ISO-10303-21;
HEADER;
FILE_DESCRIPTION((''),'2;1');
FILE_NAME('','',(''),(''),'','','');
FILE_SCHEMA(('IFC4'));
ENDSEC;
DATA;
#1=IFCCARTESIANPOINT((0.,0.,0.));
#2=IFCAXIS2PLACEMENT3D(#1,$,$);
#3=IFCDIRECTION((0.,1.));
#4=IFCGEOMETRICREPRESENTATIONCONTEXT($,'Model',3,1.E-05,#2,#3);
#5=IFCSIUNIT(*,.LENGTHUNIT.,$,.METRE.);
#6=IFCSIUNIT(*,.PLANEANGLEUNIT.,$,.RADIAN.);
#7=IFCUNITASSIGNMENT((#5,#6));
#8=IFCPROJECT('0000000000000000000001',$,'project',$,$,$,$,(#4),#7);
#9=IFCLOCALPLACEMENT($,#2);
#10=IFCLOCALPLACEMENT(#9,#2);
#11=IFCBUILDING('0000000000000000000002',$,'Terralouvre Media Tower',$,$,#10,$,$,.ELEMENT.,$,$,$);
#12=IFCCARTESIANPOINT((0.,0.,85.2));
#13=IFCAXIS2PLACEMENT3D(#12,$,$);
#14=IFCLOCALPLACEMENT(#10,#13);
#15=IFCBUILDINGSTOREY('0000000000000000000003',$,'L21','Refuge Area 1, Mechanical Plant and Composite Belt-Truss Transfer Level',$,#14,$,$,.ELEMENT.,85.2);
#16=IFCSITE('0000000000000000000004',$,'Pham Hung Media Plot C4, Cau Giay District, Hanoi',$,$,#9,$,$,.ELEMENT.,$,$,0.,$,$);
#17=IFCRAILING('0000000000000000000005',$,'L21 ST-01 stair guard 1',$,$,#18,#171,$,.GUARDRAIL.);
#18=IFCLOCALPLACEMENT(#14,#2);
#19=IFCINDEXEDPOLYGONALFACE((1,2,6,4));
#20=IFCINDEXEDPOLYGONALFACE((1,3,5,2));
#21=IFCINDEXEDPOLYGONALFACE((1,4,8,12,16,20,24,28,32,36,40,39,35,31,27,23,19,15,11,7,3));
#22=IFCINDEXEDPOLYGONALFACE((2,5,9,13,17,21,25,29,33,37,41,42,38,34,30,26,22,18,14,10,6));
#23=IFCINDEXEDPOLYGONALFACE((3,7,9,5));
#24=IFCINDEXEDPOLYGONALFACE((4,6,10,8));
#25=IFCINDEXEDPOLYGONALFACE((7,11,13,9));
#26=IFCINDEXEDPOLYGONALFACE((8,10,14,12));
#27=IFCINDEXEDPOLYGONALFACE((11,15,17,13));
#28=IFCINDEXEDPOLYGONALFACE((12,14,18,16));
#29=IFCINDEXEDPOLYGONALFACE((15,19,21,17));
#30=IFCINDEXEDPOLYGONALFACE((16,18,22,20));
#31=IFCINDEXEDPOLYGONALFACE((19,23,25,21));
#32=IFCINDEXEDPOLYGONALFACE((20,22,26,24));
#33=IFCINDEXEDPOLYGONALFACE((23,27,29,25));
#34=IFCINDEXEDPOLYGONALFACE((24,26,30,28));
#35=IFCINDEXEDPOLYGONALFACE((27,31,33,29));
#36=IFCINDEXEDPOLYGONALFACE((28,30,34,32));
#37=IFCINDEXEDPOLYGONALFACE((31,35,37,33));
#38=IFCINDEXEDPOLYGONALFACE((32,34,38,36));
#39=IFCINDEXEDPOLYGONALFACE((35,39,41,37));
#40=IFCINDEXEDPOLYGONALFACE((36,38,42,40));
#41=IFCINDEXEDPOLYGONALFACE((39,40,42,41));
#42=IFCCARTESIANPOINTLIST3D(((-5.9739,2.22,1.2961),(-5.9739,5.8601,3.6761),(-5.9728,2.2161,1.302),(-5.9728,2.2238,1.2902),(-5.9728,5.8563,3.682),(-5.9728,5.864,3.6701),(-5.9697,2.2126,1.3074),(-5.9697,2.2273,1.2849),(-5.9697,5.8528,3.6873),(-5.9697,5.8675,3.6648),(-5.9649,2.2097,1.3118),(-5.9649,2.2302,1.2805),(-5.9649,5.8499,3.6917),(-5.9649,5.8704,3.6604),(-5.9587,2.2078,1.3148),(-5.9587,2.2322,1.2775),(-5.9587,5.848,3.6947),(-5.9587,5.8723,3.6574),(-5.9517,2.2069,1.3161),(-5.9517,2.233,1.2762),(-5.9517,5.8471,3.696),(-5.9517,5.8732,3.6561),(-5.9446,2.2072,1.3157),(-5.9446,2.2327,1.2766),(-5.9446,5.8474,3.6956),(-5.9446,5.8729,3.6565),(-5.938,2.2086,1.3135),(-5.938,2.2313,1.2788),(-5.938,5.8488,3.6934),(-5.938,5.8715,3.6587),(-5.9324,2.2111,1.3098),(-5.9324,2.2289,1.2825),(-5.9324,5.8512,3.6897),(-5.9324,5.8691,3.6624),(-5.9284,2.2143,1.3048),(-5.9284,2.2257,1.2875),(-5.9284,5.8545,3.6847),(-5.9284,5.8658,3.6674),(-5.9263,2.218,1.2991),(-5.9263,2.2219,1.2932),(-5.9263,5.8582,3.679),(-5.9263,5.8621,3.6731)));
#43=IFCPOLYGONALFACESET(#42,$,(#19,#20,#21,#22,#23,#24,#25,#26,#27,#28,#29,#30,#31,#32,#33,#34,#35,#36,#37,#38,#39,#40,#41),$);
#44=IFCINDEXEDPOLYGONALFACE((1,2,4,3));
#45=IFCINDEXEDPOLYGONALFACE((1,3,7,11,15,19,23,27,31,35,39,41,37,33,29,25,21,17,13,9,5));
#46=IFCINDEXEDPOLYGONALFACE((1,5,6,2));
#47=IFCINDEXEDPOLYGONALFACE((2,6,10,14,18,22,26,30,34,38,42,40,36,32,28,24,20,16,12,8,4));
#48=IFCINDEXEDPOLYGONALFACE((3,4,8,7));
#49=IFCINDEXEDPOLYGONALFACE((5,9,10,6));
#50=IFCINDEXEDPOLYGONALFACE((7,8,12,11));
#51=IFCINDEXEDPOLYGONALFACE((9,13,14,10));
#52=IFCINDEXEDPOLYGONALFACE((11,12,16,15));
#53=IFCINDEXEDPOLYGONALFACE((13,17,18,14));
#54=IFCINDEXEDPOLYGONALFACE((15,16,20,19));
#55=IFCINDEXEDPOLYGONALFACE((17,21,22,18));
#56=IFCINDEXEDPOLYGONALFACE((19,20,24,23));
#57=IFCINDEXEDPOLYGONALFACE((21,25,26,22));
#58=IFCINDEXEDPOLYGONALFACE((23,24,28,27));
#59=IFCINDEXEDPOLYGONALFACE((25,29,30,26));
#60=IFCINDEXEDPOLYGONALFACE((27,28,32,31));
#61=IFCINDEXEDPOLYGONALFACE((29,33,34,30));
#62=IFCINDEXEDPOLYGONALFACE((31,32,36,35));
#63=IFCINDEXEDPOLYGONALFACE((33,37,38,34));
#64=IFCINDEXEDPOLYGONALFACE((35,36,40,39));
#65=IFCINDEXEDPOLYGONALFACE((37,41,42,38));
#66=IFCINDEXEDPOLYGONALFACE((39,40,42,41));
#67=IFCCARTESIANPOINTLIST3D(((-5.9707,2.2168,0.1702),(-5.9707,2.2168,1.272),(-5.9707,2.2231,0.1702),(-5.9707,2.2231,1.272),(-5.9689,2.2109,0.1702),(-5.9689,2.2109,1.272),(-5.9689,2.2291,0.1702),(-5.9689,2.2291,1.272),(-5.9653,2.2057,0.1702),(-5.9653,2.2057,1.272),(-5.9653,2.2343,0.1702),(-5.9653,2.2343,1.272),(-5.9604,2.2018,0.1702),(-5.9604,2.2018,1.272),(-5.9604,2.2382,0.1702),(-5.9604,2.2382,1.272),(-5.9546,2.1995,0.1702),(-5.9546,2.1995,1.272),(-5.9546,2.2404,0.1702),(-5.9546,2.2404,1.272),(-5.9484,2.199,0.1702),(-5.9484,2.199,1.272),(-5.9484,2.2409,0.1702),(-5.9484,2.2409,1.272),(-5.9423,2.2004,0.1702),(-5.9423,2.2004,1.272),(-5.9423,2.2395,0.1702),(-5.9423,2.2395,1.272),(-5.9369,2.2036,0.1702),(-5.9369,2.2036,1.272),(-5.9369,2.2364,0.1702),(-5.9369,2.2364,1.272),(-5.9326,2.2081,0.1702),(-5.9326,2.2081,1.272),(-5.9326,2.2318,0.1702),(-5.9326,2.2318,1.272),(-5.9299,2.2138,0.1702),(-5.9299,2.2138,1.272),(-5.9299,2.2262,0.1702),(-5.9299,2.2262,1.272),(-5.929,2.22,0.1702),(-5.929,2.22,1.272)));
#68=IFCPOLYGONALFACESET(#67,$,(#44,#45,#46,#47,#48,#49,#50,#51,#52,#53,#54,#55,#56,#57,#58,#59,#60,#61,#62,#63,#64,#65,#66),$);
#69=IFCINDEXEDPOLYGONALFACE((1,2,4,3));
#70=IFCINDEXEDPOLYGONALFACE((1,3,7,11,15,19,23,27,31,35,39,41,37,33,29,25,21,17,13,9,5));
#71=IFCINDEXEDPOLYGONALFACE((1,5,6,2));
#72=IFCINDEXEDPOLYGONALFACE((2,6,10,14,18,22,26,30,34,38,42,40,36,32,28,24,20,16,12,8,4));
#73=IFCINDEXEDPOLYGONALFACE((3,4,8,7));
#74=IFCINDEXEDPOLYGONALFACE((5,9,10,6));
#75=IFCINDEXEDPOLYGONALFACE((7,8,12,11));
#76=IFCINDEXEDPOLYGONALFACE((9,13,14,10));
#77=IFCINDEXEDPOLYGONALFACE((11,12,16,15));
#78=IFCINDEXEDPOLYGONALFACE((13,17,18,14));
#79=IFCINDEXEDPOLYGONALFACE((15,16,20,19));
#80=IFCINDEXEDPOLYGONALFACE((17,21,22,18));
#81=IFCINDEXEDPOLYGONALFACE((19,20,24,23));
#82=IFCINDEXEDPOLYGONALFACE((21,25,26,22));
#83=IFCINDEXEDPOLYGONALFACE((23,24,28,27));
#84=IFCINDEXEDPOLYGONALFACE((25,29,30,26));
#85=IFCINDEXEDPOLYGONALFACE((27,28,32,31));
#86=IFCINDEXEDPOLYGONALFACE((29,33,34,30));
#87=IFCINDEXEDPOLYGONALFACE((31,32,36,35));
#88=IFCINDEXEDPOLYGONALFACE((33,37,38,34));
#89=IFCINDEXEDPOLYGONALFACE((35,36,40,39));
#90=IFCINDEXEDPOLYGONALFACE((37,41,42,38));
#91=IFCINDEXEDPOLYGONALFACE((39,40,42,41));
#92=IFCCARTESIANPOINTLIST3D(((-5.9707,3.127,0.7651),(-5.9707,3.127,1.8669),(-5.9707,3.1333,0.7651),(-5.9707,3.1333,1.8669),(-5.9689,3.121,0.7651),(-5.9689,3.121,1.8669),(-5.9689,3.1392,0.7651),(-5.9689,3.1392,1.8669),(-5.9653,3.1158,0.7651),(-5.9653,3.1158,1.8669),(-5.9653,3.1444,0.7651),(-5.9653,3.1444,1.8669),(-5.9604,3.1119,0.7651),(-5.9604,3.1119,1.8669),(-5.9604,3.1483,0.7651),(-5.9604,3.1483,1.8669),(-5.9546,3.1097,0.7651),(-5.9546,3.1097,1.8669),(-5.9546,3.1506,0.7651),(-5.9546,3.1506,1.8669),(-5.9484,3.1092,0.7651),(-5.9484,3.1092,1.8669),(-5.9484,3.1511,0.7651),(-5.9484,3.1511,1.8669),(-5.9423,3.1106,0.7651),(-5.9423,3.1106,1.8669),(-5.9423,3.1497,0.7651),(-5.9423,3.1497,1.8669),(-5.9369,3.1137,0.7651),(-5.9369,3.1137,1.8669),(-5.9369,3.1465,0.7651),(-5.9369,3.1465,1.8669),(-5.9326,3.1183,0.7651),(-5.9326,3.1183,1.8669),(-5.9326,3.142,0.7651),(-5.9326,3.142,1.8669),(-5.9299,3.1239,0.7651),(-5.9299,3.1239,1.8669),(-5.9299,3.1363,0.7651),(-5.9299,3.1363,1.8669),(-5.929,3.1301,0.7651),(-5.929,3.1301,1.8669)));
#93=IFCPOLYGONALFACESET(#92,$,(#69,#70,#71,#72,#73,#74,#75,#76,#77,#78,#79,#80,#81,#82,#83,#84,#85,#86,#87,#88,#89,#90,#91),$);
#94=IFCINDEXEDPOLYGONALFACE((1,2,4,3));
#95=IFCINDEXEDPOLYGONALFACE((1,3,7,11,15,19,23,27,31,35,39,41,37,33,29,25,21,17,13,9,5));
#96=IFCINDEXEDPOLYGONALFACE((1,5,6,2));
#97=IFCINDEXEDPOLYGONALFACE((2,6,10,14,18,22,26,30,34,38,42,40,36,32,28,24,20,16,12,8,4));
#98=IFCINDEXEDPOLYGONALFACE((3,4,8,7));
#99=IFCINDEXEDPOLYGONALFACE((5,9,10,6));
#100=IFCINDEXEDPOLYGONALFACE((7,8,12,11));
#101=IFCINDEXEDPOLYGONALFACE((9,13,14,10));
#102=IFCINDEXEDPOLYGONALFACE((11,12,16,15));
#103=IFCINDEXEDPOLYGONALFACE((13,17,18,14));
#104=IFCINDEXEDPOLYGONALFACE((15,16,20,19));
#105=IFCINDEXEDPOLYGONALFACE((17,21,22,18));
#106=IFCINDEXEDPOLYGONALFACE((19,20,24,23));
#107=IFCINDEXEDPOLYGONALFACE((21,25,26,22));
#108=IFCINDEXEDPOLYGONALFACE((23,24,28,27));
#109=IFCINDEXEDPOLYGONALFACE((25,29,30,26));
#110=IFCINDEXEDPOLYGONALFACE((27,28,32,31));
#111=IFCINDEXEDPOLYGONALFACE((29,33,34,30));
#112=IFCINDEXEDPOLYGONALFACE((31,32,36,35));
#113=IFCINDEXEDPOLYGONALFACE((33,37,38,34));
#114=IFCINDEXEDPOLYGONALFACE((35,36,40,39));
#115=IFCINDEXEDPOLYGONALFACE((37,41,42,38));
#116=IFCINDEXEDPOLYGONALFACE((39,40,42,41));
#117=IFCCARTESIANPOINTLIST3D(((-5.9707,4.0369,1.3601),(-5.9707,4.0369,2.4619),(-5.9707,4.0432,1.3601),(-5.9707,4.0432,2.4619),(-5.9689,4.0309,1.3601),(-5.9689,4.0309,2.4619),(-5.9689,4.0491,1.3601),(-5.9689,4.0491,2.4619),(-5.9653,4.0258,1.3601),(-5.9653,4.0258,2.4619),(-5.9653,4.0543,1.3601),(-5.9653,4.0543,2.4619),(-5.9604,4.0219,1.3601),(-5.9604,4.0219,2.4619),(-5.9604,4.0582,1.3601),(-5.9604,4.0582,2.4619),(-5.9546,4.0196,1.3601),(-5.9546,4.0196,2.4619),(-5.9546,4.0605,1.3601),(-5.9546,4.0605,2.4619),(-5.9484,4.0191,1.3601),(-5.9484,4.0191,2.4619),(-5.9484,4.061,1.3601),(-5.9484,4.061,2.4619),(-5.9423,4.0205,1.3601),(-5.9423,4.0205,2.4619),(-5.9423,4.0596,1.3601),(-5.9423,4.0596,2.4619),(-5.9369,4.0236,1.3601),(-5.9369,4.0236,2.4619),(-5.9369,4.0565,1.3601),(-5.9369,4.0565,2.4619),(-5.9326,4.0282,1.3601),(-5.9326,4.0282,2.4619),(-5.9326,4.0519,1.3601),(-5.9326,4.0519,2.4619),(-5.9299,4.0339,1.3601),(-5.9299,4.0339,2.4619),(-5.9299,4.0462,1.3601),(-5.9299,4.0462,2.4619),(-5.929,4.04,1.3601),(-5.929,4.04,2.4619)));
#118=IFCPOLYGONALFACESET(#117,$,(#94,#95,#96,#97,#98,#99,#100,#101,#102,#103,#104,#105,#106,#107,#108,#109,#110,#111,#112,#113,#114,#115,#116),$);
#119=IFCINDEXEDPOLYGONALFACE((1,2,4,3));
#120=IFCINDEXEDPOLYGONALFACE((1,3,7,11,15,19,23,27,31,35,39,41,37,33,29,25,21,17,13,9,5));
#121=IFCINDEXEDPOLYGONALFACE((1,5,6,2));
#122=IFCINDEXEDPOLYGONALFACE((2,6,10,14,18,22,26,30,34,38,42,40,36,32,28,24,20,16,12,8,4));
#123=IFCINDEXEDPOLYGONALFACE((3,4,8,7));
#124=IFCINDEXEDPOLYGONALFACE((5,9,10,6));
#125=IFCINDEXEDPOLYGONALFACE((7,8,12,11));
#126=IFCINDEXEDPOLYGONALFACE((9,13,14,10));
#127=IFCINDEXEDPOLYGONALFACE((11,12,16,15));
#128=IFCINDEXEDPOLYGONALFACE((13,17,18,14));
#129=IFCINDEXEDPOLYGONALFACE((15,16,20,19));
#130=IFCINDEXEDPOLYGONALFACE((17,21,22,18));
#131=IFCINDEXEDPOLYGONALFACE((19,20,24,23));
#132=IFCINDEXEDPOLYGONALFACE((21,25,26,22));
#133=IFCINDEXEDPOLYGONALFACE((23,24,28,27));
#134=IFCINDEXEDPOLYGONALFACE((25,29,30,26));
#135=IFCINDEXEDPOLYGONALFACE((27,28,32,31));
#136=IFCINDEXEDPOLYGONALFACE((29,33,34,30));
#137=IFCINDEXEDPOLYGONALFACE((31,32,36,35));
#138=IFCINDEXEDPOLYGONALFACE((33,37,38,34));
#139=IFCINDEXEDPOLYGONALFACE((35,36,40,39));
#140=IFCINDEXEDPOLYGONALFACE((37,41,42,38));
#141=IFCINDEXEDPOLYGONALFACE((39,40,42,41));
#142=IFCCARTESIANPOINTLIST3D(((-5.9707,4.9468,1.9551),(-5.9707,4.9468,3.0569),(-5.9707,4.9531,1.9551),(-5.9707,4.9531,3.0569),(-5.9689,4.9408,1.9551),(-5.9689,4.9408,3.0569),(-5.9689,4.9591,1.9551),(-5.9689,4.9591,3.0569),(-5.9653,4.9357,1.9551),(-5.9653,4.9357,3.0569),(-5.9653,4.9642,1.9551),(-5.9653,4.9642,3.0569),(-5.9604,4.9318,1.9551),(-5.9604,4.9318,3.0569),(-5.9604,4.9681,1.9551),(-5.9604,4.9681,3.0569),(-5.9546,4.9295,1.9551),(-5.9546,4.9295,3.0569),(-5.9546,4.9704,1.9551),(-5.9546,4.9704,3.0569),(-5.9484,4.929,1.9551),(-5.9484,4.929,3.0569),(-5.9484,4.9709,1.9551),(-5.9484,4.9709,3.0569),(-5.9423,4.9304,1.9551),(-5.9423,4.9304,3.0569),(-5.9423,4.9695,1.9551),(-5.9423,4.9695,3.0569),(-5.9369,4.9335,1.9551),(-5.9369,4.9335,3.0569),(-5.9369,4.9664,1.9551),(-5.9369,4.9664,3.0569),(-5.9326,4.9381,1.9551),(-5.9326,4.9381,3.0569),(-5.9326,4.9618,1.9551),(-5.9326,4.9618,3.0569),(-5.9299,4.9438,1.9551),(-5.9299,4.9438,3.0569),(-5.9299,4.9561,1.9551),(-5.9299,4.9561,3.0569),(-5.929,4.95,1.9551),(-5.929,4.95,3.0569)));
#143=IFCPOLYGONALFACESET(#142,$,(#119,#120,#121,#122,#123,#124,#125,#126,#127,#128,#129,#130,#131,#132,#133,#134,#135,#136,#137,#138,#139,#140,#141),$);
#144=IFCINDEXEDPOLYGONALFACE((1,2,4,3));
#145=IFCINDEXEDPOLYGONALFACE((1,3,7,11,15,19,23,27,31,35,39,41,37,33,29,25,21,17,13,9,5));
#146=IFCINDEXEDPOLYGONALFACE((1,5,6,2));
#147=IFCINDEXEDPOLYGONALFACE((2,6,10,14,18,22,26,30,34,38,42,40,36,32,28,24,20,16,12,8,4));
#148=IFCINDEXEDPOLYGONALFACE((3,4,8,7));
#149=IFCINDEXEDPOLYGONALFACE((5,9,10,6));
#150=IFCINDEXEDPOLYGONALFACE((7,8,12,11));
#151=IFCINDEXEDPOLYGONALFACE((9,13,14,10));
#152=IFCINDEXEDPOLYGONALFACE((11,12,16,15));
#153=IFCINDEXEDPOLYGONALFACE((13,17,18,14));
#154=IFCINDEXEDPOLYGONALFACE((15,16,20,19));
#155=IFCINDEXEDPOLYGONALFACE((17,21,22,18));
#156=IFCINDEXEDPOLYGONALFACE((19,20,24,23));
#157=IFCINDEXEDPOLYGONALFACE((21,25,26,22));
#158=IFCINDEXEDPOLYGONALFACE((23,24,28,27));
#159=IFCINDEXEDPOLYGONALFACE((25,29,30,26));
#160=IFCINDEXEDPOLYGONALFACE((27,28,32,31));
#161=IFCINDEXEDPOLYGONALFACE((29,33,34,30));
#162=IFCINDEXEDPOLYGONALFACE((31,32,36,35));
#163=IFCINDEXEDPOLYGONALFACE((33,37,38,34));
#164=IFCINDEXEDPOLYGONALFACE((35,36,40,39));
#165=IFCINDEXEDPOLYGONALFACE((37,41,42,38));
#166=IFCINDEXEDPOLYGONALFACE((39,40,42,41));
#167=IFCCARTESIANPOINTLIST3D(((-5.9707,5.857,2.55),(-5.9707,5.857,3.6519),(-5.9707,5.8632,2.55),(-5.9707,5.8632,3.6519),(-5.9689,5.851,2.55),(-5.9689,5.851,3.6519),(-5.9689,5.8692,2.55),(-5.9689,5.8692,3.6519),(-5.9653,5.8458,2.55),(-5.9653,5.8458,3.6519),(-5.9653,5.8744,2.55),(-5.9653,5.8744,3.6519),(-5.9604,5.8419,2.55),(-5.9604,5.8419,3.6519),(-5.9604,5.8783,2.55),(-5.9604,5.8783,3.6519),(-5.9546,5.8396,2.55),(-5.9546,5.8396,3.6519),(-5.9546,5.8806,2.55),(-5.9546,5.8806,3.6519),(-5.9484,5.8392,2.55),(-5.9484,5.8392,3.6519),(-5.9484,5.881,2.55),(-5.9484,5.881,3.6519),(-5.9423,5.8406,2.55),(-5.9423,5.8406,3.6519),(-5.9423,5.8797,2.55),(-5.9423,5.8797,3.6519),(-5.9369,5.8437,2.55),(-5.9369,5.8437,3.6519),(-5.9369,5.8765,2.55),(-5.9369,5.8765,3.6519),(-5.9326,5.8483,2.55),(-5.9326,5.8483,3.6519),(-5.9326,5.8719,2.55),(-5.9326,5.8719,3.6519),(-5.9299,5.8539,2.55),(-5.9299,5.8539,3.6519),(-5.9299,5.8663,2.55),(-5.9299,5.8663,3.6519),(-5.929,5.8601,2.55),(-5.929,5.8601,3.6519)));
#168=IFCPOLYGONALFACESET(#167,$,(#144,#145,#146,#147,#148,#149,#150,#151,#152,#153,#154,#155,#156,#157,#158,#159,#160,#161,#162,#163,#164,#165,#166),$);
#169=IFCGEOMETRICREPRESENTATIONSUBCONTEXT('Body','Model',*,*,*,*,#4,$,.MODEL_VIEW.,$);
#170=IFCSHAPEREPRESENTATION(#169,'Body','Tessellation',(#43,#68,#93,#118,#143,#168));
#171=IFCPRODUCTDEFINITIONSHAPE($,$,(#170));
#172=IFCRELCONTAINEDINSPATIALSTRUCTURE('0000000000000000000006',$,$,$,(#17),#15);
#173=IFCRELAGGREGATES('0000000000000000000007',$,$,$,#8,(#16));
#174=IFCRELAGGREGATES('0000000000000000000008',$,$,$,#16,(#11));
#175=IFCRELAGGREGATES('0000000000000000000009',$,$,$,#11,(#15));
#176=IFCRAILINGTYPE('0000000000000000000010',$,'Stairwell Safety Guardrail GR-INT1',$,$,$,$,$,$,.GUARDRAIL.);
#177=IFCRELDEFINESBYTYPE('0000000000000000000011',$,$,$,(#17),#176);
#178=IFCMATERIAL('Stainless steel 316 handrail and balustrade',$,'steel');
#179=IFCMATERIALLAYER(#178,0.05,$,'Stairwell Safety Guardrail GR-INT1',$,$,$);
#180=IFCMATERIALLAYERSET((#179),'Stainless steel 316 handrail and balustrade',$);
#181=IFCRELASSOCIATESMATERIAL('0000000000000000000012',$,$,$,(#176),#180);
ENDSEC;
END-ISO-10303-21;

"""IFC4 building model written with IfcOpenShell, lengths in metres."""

from ifc_helpers import new_model, si_unit, direction, frame, origin, origin_2d, place, context, subcontext, project, spatial, circle, extrude, material, layer, layer_set, type_object, element, save


model = new_model("IFC4")

# Units and contexts
model_context = context("Model", 3, precision=1e-05, world=origin(), true_north=direction((0.0, 1.0)))
body_context = subcontext(model_context, "Body", "Model", "MODEL_VIEW")
ifc_project = project(units=[si_unit("LENGTHUNIT", "METRE"), si_unit("PLANEANGLEUNIT", "RADIAN")], contexts=[model_context])

# Site, building, storey
site_placement = place(None, origin())
site = spatial("IfcSite", under=ifc_project, at=site_placement, Name="Pham Hung Media Plot C4, Cau Giay District, Hanoi", CompositionType="ELEMENT", RefElevation=0.0)
building_placement = place(site_placement, origin())
building = spatial("IfcBuilding", under=site, at=building_placement, Name="Terralouvre Media Tower", CompositionType="ELEMENT")
storey_placement = place(building_placement, frame((0.0, 0.0, 85.2)))
storey = spatial("IfcBuildingStorey", under=building, at=storey_placement, Name="L21", Description="Refuge Area 1, Mechanical Plant and Composite Belt-Truss Transfer Level", CompositionType="ELEMENT", Elevation=85.2)

# Railing
ifc_material_1 = material(Name="Stainless steel 316 handrail and balustrade", Category="steel")
ifc_layer_1 = layer(ifc_material_1, 0.05, Name="Stairwell Safety Guardrail GR-INT1")
ifc_layer_set_1 = layer_set([ifc_layer_1], Name="Stainless steel 316 handrail and balustrade")
railing_type_1 = type_object("IfcRailingType", Name="Stairwell Safety Guardrail GR-INT1", PredefinedType="GUARDRAIL", material=ifc_layer_set_1)
railing_1_placement = place(storey_placement, frame((-5.95, 2.22, 0.1702)))
element("IfcRailing", 1, at=railing_1_placement, inside=storey, type_object=railing_type_1, Name="L21 ST-01 stair guard 1", PredefinedType="GUARDRAIL", context=body_context, shape_type="SweptSolid", body=[
    extrude(circle(Radius=0.0239, at=origin_2d()), frame((0.0, 0.0, 1.126), z_axis=(0.0, 0.836991, 0.547216), x_axis=(-1.0, 0.0, 0.0)), (0.0, 0.0, 1.0), 4.3491),
    extrude(circle(Radius=0.021, at=origin_2d()), origin(), (0.0, 0.0, 1.0), 1.1018),
    extrude(circle(Radius=0.021, at=origin_2d()), frame((0.0, 0.9102, 0.595)), (0.0, 0.0, 1.0), 1.1018),
    extrude(circle(Radius=0.021, at=origin_2d()), frame((0.0, 1.8201, 1.1899)), (0.0, 0.0, 1.0), 1.1018),
    extrude(circle(Radius=0.021, at=origin_2d()), frame((0.0, 2.73, 1.7849)), (0.0, 0.0, 1.0), 1.1018),
    extrude(circle(Radius=0.021, at=origin_2d()), frame((0.0, 3.6401, 2.3799)), (0.0, 0.0, 1.0), 1.1018),
])

save(model, "model.ifc")
